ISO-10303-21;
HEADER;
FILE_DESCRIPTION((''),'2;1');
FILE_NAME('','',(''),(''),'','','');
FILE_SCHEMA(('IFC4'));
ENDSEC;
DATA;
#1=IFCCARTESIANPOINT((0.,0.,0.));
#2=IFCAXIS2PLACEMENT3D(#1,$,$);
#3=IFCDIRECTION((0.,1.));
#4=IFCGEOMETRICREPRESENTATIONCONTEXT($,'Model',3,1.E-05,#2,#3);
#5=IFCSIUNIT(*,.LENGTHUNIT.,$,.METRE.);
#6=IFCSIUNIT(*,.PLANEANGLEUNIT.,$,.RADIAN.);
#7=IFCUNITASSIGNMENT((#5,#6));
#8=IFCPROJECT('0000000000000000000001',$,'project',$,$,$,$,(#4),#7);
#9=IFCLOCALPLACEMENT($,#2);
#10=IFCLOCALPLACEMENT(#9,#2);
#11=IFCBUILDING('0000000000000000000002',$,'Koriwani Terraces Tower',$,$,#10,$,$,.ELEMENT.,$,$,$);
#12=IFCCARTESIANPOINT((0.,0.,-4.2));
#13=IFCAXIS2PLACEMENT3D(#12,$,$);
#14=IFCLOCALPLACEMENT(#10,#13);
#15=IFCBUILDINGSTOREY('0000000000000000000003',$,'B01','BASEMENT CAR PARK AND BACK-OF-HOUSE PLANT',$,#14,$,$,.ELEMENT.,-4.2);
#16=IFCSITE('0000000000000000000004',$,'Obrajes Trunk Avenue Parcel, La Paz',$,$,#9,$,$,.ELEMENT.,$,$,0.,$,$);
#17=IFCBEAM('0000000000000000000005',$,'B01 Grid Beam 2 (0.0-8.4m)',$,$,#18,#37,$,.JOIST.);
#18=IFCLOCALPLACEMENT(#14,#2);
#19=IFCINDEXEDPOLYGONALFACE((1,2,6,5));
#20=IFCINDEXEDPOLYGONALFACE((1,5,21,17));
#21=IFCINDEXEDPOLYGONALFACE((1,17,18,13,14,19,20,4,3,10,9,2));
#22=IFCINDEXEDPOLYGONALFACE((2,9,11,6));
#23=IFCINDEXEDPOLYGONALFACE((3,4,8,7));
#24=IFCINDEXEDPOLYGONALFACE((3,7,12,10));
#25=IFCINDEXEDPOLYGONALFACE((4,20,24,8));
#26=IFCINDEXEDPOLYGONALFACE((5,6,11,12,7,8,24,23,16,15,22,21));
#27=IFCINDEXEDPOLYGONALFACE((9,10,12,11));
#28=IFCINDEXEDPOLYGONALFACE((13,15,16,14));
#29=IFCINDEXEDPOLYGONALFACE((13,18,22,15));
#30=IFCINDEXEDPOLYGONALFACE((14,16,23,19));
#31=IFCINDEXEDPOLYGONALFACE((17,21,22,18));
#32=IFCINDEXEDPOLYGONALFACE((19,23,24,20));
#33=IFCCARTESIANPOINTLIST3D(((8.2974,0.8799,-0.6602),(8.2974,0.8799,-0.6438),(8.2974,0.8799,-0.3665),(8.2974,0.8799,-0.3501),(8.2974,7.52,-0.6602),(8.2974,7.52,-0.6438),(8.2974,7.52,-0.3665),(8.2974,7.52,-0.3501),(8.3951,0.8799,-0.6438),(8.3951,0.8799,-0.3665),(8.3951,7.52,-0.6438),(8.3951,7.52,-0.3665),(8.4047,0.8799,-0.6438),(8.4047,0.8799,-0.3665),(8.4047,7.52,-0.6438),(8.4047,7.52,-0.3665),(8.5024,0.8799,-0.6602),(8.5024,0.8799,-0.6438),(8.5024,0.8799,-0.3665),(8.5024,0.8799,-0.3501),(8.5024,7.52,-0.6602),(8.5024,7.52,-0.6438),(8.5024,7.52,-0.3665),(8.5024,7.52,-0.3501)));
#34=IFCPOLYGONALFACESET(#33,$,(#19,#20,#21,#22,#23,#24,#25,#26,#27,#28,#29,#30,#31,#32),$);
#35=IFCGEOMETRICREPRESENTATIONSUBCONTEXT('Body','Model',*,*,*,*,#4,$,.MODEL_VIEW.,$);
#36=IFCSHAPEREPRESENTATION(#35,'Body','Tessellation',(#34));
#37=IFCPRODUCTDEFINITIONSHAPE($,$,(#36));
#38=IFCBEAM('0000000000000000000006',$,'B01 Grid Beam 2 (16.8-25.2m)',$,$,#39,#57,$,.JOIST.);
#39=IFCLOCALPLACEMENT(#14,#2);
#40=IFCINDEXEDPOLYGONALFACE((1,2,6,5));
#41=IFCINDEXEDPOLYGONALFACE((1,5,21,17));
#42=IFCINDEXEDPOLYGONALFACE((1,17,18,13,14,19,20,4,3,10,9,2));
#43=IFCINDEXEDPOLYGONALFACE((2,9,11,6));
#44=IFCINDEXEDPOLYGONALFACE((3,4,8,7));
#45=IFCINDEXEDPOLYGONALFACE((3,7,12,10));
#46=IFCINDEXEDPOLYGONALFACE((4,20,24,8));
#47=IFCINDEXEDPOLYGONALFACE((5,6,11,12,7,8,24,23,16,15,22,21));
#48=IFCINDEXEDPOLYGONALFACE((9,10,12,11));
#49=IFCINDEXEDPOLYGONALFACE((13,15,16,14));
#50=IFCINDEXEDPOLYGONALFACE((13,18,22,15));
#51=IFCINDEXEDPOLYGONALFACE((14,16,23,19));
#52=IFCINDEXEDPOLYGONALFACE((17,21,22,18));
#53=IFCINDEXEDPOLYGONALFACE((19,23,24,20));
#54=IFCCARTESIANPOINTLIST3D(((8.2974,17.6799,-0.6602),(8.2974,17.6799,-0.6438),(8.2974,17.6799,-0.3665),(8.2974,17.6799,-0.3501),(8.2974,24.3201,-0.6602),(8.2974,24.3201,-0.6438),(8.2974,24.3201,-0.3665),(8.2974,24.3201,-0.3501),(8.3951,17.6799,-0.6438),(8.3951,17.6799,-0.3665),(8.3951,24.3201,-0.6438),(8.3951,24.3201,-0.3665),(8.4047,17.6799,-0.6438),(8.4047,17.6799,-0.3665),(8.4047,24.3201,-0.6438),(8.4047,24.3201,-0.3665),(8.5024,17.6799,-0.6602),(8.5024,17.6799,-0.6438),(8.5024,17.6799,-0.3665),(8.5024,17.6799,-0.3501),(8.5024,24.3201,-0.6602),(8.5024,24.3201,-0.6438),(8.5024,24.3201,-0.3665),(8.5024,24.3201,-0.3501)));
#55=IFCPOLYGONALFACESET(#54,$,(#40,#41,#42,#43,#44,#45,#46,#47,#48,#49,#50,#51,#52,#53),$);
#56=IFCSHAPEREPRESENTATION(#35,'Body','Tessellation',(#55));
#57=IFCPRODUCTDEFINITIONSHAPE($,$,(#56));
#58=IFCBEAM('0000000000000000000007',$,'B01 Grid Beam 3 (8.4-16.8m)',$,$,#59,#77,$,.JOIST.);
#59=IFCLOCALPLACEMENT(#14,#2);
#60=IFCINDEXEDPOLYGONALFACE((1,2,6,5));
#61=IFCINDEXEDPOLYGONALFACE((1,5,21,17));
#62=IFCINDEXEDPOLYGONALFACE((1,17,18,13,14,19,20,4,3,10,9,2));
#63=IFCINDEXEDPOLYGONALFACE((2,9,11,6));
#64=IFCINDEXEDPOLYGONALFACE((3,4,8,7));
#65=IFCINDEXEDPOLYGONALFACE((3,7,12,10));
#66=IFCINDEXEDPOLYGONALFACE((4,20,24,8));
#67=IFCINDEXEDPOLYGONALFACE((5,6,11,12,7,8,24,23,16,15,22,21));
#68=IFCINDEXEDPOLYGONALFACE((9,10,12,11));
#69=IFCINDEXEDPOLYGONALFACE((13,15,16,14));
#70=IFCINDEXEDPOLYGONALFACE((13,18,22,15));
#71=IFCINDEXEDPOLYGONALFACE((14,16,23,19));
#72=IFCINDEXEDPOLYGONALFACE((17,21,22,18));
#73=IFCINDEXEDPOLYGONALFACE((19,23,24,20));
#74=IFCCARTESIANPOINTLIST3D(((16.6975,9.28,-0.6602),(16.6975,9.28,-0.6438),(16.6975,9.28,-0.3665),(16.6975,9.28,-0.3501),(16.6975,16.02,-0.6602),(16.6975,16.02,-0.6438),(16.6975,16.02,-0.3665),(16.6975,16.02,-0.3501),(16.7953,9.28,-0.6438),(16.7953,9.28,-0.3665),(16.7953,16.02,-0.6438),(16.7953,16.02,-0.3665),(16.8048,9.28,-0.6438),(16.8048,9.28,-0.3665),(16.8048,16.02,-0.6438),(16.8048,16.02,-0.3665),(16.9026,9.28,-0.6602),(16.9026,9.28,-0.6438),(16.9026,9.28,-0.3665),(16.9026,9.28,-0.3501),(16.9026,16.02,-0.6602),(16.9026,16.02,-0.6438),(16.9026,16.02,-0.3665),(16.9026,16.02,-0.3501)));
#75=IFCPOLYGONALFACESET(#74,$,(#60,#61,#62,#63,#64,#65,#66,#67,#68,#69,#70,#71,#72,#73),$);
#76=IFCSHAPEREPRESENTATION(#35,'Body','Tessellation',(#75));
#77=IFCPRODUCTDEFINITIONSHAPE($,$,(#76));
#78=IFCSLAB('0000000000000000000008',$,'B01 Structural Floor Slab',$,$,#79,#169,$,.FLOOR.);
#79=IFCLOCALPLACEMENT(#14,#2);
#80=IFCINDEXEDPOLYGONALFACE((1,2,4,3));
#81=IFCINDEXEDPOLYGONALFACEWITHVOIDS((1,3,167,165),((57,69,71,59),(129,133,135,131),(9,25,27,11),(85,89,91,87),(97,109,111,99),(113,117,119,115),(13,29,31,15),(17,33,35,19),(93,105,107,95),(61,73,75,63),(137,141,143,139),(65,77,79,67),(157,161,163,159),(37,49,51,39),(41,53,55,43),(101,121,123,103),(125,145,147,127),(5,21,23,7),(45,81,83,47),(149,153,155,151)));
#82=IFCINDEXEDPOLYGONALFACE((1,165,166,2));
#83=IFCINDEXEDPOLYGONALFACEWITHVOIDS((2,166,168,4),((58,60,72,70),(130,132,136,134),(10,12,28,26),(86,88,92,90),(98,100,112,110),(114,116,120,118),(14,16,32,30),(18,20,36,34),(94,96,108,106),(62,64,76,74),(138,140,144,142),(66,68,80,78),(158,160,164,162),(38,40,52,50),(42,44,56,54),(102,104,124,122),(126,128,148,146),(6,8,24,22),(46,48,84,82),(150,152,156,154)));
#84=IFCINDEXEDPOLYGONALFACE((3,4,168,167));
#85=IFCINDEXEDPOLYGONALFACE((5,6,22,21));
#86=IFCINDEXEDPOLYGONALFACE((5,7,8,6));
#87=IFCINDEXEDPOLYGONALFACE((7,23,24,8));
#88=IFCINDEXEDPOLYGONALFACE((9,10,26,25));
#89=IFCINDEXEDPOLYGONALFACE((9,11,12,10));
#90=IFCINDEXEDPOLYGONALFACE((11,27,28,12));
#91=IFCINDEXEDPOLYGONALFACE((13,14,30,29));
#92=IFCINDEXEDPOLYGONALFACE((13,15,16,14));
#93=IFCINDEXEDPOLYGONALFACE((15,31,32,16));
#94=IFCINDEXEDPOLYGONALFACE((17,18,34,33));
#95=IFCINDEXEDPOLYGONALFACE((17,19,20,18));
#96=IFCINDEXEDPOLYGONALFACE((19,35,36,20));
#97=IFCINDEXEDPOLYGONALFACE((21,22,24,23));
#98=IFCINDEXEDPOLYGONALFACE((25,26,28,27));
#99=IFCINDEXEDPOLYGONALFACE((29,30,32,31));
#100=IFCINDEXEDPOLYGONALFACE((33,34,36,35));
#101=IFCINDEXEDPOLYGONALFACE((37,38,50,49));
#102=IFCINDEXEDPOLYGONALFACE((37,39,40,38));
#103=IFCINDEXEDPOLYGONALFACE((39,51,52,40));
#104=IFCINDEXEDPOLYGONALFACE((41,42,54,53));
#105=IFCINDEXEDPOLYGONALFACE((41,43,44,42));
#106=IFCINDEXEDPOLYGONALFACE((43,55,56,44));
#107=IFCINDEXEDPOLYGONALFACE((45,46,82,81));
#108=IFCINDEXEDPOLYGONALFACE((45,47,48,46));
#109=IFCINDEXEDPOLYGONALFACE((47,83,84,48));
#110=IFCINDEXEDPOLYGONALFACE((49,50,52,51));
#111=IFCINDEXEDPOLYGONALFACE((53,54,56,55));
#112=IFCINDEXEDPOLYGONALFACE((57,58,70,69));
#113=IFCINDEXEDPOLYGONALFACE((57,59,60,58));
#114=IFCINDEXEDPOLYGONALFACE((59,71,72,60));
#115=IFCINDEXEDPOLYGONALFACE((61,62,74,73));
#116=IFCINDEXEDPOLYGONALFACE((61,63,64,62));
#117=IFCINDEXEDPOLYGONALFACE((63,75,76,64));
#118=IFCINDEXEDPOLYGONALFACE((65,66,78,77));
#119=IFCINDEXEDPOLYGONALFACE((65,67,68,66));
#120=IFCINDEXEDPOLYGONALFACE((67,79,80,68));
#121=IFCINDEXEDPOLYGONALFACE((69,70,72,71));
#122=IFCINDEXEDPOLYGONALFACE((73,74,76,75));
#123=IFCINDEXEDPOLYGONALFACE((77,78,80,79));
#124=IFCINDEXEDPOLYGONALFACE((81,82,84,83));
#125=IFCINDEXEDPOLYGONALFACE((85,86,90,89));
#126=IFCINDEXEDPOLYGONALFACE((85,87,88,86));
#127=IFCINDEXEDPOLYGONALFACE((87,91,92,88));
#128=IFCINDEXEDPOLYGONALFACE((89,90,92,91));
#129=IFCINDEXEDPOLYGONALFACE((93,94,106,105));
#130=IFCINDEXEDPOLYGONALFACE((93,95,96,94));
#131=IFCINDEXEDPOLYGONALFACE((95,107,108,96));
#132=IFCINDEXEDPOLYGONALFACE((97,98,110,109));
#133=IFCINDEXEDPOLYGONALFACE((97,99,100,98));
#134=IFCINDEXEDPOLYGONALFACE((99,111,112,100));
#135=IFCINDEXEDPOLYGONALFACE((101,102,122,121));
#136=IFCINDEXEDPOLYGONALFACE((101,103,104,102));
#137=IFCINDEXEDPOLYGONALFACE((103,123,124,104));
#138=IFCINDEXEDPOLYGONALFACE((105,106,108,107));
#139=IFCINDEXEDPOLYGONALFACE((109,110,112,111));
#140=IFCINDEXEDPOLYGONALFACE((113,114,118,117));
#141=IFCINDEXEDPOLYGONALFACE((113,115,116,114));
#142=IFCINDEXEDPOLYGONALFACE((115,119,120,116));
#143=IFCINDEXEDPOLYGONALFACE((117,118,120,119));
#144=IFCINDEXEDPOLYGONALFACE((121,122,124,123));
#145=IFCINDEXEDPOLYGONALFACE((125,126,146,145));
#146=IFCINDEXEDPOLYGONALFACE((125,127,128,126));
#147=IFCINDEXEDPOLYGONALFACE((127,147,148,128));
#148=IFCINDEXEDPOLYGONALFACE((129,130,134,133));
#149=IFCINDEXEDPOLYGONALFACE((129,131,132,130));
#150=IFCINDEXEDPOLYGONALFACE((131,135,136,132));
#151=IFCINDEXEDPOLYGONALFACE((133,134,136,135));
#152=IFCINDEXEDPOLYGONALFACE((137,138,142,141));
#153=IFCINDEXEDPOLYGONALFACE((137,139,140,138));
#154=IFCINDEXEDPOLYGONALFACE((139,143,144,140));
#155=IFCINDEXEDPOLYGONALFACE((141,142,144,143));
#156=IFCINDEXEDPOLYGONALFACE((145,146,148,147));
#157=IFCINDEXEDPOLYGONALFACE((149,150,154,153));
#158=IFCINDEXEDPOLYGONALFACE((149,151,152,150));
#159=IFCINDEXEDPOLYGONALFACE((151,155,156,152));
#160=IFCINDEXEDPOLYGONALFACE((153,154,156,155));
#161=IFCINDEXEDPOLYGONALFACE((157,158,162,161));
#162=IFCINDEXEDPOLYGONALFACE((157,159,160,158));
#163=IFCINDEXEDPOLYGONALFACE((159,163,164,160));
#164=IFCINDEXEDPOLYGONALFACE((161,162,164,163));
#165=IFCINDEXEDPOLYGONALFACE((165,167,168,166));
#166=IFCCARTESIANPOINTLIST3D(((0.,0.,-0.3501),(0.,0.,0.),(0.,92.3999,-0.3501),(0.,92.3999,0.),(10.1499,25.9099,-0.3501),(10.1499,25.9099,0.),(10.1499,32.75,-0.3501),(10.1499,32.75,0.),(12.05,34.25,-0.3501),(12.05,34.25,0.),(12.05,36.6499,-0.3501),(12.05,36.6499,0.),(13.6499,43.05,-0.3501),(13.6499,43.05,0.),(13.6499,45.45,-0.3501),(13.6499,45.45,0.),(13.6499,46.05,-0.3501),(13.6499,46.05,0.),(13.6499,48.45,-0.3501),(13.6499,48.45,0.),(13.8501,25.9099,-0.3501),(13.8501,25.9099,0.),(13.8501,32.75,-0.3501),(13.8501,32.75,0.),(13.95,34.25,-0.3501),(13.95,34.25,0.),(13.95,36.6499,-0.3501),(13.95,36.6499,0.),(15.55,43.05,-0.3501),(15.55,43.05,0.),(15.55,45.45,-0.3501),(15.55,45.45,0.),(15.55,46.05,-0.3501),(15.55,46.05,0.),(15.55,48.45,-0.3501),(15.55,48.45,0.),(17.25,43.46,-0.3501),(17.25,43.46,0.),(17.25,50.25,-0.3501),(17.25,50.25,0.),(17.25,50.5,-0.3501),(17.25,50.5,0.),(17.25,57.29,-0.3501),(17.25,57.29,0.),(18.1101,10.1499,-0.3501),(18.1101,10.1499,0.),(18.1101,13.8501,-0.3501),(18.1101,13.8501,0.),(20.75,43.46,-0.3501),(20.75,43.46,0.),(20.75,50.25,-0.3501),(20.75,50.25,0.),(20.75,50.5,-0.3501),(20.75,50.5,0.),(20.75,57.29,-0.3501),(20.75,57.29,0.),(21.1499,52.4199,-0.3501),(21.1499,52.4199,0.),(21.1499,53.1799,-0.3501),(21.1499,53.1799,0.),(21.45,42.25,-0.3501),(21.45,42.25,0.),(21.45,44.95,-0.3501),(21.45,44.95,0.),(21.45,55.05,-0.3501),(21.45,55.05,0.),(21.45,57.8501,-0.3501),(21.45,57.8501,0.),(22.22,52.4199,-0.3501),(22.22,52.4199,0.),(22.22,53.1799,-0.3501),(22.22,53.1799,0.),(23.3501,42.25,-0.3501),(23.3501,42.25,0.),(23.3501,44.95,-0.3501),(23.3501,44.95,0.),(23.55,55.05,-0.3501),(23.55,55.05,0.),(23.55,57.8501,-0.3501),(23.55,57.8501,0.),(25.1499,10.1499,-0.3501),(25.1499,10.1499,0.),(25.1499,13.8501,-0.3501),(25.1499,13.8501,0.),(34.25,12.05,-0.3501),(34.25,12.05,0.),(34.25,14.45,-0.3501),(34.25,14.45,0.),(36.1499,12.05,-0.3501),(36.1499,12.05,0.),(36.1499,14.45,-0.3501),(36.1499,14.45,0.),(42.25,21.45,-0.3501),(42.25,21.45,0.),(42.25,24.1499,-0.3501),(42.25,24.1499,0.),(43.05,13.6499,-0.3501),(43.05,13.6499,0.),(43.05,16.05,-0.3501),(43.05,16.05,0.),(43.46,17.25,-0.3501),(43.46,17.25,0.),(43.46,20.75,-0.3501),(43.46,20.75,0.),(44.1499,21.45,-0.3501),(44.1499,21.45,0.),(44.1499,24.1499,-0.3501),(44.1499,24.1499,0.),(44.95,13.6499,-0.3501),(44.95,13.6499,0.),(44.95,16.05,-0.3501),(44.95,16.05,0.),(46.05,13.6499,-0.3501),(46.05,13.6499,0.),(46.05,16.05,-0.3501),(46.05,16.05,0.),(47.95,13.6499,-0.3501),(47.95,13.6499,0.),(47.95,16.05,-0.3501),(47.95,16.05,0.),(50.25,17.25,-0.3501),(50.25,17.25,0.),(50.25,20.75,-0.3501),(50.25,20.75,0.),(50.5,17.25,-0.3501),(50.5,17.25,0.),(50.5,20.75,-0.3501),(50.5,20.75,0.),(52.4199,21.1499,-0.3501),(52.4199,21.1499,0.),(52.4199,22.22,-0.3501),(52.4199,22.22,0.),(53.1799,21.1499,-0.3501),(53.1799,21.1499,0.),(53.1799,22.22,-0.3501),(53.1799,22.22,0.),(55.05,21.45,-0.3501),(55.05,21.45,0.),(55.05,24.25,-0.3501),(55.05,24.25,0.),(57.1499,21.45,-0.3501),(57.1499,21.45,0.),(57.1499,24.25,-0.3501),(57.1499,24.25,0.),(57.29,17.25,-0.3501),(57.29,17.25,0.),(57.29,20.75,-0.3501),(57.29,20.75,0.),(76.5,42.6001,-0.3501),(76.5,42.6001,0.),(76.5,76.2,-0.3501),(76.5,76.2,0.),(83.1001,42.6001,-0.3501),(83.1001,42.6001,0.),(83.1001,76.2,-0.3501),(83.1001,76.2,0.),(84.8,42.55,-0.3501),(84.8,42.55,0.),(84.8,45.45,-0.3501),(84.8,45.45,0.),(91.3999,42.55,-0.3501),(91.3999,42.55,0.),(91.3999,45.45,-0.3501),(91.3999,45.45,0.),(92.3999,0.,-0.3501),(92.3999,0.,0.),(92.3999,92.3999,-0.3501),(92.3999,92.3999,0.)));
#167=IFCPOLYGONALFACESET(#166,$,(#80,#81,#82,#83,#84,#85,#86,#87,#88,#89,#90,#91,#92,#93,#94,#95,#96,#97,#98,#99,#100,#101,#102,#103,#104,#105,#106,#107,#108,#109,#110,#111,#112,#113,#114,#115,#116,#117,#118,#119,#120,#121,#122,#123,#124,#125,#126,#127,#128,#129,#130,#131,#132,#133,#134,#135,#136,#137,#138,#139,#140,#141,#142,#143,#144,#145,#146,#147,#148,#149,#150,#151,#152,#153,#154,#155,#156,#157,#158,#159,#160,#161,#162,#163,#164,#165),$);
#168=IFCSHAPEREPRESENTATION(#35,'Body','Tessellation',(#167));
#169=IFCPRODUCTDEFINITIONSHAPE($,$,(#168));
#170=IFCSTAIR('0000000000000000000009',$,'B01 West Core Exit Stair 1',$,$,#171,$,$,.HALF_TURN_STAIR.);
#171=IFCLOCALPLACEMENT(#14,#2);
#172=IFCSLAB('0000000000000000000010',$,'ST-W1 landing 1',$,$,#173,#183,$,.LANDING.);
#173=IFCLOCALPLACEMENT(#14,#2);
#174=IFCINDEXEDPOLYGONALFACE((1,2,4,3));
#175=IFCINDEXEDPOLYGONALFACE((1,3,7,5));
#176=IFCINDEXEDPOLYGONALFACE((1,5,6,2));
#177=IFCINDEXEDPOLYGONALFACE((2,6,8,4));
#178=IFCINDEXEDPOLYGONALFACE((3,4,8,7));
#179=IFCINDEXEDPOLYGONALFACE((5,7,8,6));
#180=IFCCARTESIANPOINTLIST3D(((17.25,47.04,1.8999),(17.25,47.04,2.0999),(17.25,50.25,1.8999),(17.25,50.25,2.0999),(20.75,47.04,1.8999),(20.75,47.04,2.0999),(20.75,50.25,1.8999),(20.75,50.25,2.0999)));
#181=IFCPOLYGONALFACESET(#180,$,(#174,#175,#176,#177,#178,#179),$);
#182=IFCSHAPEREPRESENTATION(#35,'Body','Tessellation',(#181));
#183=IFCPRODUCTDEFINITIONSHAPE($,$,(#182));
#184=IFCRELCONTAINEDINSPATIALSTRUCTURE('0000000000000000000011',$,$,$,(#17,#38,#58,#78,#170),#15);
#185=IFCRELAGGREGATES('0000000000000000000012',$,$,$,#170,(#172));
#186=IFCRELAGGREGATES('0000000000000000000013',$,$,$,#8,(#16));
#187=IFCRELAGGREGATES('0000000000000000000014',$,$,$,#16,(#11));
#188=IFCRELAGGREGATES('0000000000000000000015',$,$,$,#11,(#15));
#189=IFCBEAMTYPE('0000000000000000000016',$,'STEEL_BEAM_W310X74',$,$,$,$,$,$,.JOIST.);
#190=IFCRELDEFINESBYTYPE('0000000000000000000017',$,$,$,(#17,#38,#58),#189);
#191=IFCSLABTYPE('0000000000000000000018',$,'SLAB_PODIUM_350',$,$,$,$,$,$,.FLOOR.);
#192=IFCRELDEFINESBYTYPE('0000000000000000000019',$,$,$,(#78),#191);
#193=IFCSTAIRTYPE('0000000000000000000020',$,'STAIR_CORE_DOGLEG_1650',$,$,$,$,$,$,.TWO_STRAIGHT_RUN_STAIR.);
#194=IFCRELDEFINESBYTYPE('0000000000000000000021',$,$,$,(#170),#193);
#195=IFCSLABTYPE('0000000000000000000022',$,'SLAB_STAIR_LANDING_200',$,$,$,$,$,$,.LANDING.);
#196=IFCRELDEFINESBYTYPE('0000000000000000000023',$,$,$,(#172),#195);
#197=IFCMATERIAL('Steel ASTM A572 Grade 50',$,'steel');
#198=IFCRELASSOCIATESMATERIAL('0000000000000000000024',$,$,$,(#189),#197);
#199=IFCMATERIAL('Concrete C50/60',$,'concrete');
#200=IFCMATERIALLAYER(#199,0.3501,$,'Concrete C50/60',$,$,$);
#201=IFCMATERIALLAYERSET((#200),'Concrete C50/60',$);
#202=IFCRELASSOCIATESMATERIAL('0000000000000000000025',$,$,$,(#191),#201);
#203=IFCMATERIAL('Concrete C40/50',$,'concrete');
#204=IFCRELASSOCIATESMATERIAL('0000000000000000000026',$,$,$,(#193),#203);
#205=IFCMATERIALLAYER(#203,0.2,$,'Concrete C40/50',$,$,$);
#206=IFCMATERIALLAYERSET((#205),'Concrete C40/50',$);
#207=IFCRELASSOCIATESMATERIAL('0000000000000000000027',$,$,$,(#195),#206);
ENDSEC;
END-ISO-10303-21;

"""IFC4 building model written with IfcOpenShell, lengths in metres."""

from ifc_helpers import new_model, si_unit, direction, frame, origin, origin_2d, place, context, subcontext, project, spatial, polyline, i_section, outline, extrude, material, layer, layer_set, material_profile, profile_set, type_object, element, aggregate, save


model = new_model("IFC4")

# Units and contexts
model_context = context("Model", 3, precision=1e-05, world=origin(), true_north=direction((0.0, 1.0)))
body_context = subcontext(model_context, "Body", "Model", "MODEL_VIEW")
ifc_project = project(units=[si_unit("LENGTHUNIT", "METRE"), si_unit("PLANEANGLEUNIT", "RADIAN")], contexts=[model_context])

# Site, building, storey
site_placement = place(None, origin())
site = spatial("IfcSite", under=ifc_project, at=site_placement, Name="Obrajes Trunk Avenue Parcel, La Paz", CompositionType="ELEMENT", RefElevation=0.0)
building_placement = place(site_placement, origin())
building = spatial("IfcBuilding", under=site, at=building_placement, Name="Koriwani Terraces Tower", CompositionType="ELEMENT")
storey_placement = place(building_placement, frame((0.0, 0.0, -4.2)))
storey = spatial("IfcBuildingStorey", under=building, at=storey_placement, Name="B01", Description="BASEMENT CAR PARK AND BACK-OF-HOUSE PLANT", CompositionType="ELEMENT", Elevation=-4.2)

# Beams
ifc_material_1 = material(Name="Steel ASTM A572 Grade 50", Category="steel")
ifc_material_profile_1 = material_profile(ifc_material_1, i_section(OverallWidth=0.2051, OverallDepth=0.3101, WebThickness=0.0095, FlangeThickness=0.0164, at=origin_2d()), Name="Steel ASTM A572 Grade 50", Category="LoadBearing")
ifc_profile_set_1 = profile_set([ifc_material_profile_1], Name="Steel ASTM A572 Grade 50")
beam_type_1 = type_object("IfcBeamType", Name="STEEL_BEAM_W310X74", PredefinedType="JOIST", material=ifc_profile_set_1)
for number, where, z_axis, x_axis, name in (
    (1, (8.3999, 0.8799, -0.5051), (0.0, 1.0, 0.0), (-1.0, 0.0, 0.0), "B01 Grid Beam 2 (0.0-8.4m)"),
    (2, (8.3999, 17.6799, -0.5051), (0.0, 1.0, 0.0), (-1.0, 0.0, 0.0), "B01 Grid Beam 2 (16.8-25.2m)"),
):
    element("IfcBeam", number, at=place(storey_placement, frame(where, z_axis=z_axis, x_axis=x_axis)), inside=storey, type_object=beam_type_1, Name=name, PredefinedType="JOIST", context=body_context, shape_type="SweptSolid", body=[
        extrude(i_section(OverallWidth=0.2051, OverallDepth=0.3101, WebThickness=0.0095, FlangeThickness=0.0164, at=origin_2d()), origin(), (0.0, 0.0, 1.0), 6.6401),
    ])
beam_1_placement = place(storey_placement, frame((16.8, 9.28, -0.5051), z_axis=(0.0, 1.0, 0.0), x_axis=(-1.0, 0.0, 0.0)))
element("IfcBeam", 3, at=beam_1_placement, inside=storey, type_object=beam_type_1, Name="B01 Grid Beam 3 (8.4-16.8m)", PredefinedType="JOIST", context=body_context, shape_type="SweptSolid", body=[
    extrude(i_section(OverallWidth=0.2051, OverallDepth=0.3101, WebThickness=0.0095, FlangeThickness=0.0164, at=origin_2d()), origin(), (0.0, 0.0, 1.0), 6.74),
])

# Slab
ifc_material_2 = material(Name="Concrete C50/60", Category="concrete")
ifc_layer_1 = layer(ifc_material_2, 0.3501, Name="Concrete C50/60")
ifc_layer_set_1 = layer_set([ifc_layer_1], Name="Concrete C50/60")
slab_type_1 = type_object("IfcSlabType", Name="SLAB_PODIUM_350", PredefinedType="FLOOR", material=ifc_layer_set_1)
slab_1_placement = place(storey_placement, frame((0.0, 0.0, -0.3501)))
element("IfcSlab", 4, at=slab_1_placement, inside=storey, type_object=slab_type_1, Name="B01 Structural Floor Slab", PredefinedType="FLOOR", context=body_context, shape_type="SweptSolid", body=[
    extrude(outline(polyline([(0.0, 0.0), (92.3999, 0.0), (92.3999, 92.3999), (0.0, 92.3999), (0.0, 0.0)]), holes=[polyline([(17.25, 43.46), (20.75, 43.46), (20.75, 50.25), (17.25, 50.25), (17.25, 43.46)]), polyline([(17.25, 50.5), (20.75, 50.5), (20.75, 57.29), (17.25, 57.29), (17.25, 50.5)]), polyline([(43.46, 17.25), (50.25, 17.25), (50.25, 20.75), (43.46, 20.75), (43.46, 17.25)]), polyline([(50.5, 17.25), (57.29, 17.25), (57.29, 20.75), (50.5, 20.75), (50.5, 17.25)]), polyline([(10.1499, 25.9099), (13.8501, 25.9099), (13.8501, 32.75), (10.1499, 32.75), (10.1499, 25.9099)]), polyline([(18.1101, 10.1499), (25.1499, 10.1499), (25.1499, 13.8501), (18.1101, 13.8501), (18.1101, 10.1499)]), polyline([(12.05, 34.25), (13.95, 34.25), (13.95, 36.6499), (12.05, 36.6499), (12.05, 34.25)]), polyline([(34.25, 12.05), (36.1499, 12.05), (36.1499, 14.45), (34.25, 14.45), (34.25, 12.05)]), polyline([(13.6499, 43.05), (15.55, 43.05), (15.55, 45.45), (13.6499, 45.45), (13.6499, 43.05)]), polyline([(13.6499, 46.05), (15.55, 46.05), (15.55, 48.45), (13.6499, 48.45), (13.6499, 46.05)]), polyline([(43.05, 13.6499), (44.95, 13.6499), (44.95, 16.05), (43.05, 16.05), (43.05, 13.6499)]), polyline([(46.05, 13.6499), (47.95, 13.6499), (47.95, 16.05), (46.05, 16.05), (46.05, 13.6499)]), polyline([(21.45, 55.05), (23.55, 55.05), (23.55, 57.8501), (21.45, 57.8501), (21.45, 55.05)]), polyline([(55.05, 21.45), (57.1499, 21.45), (57.1499, 24.25), (55.05, 24.25), (55.05, 21.45)]), polyline([(21.45, 42.25), (23.3501, 42.25), (23.3501, 44.95), (21.45, 44.95), (21.45, 42.25)]), polyline([(42.25, 21.45), (44.1499, 21.45), (44.1499, 24.1499), (42.25, 24.1499), (42.25, 21.45)]), polyline([(21.1499, 52.4199), (22.22, 52.4199), (22.22, 53.1799), (21.1499, 53.1799), (21.1499, 52.4199)]), polyline([(52.4199, 21.1499), (53.1799, 21.1499), (53.1799, 22.22), (52.4199, 22.22), (52.4199, 21.1499)]), polyline([(76.5, 42.6001), (83.1001, 42.6001), (83.1001, 76.2), (76.5, 76.2), (76.5, 42.6001)]), polyline([(84.8, 42.55), (91.3999, 42.55), (91.3999, 45.45), (84.8, 45.45), (84.8, 42.55)])]), origin(), (0.0, 0.0, 1.0), 0.3501),
])

# Stair, slab
ifc_material_3 = material(Name="Concrete C40/50", Category="concrete")
stair_type_1 = type_object("IfcStairType", Name="STAIR_CORE_DOGLEG_1650", PredefinedType="TWO_STRAIGHT_RUN_STAIR", material=ifc_material_3)
stair_1_placement = place(storey_placement, origin())
stair_1 = element("IfcStair", 5, at=stair_1_placement, inside=storey, type_object=stair_type_1, Name="B01 West Core Exit Stair 1", PredefinedType="HALF_TURN_STAIR")
ifc_layer_2 = layer(ifc_material_3, 0.2, Name="Concrete C40/50")
ifc_layer_set_2 = layer_set([ifc_layer_2], Name="Concrete C40/50")
slab_type_2 = type_object("IfcSlabType", Name="SLAB_STAIR_LANDING_200", PredefinedType="LANDING", material=ifc_layer_set_2)
slab_2_placement = place(storey_placement, frame((0.0, 0.0, 1.8999)))
slab_2 = element("IfcSlab", 6, at=slab_2_placement, type_object=slab_type_2, Name="ST-W1 landing 1", PredefinedType="LANDING", context=body_context, shape_type="SweptSolid", body=[
    extrude(outline(polyline([(20.75, 47.04), (20.75, 50.25), (17.25, 50.25), (17.25, 47.04), (20.75, 47.04)])), origin(), (0.0, 0.0, 1.0), 0.2),
])
aggregate(stair_1, [slab_2])

save(model, "model.ifc")
